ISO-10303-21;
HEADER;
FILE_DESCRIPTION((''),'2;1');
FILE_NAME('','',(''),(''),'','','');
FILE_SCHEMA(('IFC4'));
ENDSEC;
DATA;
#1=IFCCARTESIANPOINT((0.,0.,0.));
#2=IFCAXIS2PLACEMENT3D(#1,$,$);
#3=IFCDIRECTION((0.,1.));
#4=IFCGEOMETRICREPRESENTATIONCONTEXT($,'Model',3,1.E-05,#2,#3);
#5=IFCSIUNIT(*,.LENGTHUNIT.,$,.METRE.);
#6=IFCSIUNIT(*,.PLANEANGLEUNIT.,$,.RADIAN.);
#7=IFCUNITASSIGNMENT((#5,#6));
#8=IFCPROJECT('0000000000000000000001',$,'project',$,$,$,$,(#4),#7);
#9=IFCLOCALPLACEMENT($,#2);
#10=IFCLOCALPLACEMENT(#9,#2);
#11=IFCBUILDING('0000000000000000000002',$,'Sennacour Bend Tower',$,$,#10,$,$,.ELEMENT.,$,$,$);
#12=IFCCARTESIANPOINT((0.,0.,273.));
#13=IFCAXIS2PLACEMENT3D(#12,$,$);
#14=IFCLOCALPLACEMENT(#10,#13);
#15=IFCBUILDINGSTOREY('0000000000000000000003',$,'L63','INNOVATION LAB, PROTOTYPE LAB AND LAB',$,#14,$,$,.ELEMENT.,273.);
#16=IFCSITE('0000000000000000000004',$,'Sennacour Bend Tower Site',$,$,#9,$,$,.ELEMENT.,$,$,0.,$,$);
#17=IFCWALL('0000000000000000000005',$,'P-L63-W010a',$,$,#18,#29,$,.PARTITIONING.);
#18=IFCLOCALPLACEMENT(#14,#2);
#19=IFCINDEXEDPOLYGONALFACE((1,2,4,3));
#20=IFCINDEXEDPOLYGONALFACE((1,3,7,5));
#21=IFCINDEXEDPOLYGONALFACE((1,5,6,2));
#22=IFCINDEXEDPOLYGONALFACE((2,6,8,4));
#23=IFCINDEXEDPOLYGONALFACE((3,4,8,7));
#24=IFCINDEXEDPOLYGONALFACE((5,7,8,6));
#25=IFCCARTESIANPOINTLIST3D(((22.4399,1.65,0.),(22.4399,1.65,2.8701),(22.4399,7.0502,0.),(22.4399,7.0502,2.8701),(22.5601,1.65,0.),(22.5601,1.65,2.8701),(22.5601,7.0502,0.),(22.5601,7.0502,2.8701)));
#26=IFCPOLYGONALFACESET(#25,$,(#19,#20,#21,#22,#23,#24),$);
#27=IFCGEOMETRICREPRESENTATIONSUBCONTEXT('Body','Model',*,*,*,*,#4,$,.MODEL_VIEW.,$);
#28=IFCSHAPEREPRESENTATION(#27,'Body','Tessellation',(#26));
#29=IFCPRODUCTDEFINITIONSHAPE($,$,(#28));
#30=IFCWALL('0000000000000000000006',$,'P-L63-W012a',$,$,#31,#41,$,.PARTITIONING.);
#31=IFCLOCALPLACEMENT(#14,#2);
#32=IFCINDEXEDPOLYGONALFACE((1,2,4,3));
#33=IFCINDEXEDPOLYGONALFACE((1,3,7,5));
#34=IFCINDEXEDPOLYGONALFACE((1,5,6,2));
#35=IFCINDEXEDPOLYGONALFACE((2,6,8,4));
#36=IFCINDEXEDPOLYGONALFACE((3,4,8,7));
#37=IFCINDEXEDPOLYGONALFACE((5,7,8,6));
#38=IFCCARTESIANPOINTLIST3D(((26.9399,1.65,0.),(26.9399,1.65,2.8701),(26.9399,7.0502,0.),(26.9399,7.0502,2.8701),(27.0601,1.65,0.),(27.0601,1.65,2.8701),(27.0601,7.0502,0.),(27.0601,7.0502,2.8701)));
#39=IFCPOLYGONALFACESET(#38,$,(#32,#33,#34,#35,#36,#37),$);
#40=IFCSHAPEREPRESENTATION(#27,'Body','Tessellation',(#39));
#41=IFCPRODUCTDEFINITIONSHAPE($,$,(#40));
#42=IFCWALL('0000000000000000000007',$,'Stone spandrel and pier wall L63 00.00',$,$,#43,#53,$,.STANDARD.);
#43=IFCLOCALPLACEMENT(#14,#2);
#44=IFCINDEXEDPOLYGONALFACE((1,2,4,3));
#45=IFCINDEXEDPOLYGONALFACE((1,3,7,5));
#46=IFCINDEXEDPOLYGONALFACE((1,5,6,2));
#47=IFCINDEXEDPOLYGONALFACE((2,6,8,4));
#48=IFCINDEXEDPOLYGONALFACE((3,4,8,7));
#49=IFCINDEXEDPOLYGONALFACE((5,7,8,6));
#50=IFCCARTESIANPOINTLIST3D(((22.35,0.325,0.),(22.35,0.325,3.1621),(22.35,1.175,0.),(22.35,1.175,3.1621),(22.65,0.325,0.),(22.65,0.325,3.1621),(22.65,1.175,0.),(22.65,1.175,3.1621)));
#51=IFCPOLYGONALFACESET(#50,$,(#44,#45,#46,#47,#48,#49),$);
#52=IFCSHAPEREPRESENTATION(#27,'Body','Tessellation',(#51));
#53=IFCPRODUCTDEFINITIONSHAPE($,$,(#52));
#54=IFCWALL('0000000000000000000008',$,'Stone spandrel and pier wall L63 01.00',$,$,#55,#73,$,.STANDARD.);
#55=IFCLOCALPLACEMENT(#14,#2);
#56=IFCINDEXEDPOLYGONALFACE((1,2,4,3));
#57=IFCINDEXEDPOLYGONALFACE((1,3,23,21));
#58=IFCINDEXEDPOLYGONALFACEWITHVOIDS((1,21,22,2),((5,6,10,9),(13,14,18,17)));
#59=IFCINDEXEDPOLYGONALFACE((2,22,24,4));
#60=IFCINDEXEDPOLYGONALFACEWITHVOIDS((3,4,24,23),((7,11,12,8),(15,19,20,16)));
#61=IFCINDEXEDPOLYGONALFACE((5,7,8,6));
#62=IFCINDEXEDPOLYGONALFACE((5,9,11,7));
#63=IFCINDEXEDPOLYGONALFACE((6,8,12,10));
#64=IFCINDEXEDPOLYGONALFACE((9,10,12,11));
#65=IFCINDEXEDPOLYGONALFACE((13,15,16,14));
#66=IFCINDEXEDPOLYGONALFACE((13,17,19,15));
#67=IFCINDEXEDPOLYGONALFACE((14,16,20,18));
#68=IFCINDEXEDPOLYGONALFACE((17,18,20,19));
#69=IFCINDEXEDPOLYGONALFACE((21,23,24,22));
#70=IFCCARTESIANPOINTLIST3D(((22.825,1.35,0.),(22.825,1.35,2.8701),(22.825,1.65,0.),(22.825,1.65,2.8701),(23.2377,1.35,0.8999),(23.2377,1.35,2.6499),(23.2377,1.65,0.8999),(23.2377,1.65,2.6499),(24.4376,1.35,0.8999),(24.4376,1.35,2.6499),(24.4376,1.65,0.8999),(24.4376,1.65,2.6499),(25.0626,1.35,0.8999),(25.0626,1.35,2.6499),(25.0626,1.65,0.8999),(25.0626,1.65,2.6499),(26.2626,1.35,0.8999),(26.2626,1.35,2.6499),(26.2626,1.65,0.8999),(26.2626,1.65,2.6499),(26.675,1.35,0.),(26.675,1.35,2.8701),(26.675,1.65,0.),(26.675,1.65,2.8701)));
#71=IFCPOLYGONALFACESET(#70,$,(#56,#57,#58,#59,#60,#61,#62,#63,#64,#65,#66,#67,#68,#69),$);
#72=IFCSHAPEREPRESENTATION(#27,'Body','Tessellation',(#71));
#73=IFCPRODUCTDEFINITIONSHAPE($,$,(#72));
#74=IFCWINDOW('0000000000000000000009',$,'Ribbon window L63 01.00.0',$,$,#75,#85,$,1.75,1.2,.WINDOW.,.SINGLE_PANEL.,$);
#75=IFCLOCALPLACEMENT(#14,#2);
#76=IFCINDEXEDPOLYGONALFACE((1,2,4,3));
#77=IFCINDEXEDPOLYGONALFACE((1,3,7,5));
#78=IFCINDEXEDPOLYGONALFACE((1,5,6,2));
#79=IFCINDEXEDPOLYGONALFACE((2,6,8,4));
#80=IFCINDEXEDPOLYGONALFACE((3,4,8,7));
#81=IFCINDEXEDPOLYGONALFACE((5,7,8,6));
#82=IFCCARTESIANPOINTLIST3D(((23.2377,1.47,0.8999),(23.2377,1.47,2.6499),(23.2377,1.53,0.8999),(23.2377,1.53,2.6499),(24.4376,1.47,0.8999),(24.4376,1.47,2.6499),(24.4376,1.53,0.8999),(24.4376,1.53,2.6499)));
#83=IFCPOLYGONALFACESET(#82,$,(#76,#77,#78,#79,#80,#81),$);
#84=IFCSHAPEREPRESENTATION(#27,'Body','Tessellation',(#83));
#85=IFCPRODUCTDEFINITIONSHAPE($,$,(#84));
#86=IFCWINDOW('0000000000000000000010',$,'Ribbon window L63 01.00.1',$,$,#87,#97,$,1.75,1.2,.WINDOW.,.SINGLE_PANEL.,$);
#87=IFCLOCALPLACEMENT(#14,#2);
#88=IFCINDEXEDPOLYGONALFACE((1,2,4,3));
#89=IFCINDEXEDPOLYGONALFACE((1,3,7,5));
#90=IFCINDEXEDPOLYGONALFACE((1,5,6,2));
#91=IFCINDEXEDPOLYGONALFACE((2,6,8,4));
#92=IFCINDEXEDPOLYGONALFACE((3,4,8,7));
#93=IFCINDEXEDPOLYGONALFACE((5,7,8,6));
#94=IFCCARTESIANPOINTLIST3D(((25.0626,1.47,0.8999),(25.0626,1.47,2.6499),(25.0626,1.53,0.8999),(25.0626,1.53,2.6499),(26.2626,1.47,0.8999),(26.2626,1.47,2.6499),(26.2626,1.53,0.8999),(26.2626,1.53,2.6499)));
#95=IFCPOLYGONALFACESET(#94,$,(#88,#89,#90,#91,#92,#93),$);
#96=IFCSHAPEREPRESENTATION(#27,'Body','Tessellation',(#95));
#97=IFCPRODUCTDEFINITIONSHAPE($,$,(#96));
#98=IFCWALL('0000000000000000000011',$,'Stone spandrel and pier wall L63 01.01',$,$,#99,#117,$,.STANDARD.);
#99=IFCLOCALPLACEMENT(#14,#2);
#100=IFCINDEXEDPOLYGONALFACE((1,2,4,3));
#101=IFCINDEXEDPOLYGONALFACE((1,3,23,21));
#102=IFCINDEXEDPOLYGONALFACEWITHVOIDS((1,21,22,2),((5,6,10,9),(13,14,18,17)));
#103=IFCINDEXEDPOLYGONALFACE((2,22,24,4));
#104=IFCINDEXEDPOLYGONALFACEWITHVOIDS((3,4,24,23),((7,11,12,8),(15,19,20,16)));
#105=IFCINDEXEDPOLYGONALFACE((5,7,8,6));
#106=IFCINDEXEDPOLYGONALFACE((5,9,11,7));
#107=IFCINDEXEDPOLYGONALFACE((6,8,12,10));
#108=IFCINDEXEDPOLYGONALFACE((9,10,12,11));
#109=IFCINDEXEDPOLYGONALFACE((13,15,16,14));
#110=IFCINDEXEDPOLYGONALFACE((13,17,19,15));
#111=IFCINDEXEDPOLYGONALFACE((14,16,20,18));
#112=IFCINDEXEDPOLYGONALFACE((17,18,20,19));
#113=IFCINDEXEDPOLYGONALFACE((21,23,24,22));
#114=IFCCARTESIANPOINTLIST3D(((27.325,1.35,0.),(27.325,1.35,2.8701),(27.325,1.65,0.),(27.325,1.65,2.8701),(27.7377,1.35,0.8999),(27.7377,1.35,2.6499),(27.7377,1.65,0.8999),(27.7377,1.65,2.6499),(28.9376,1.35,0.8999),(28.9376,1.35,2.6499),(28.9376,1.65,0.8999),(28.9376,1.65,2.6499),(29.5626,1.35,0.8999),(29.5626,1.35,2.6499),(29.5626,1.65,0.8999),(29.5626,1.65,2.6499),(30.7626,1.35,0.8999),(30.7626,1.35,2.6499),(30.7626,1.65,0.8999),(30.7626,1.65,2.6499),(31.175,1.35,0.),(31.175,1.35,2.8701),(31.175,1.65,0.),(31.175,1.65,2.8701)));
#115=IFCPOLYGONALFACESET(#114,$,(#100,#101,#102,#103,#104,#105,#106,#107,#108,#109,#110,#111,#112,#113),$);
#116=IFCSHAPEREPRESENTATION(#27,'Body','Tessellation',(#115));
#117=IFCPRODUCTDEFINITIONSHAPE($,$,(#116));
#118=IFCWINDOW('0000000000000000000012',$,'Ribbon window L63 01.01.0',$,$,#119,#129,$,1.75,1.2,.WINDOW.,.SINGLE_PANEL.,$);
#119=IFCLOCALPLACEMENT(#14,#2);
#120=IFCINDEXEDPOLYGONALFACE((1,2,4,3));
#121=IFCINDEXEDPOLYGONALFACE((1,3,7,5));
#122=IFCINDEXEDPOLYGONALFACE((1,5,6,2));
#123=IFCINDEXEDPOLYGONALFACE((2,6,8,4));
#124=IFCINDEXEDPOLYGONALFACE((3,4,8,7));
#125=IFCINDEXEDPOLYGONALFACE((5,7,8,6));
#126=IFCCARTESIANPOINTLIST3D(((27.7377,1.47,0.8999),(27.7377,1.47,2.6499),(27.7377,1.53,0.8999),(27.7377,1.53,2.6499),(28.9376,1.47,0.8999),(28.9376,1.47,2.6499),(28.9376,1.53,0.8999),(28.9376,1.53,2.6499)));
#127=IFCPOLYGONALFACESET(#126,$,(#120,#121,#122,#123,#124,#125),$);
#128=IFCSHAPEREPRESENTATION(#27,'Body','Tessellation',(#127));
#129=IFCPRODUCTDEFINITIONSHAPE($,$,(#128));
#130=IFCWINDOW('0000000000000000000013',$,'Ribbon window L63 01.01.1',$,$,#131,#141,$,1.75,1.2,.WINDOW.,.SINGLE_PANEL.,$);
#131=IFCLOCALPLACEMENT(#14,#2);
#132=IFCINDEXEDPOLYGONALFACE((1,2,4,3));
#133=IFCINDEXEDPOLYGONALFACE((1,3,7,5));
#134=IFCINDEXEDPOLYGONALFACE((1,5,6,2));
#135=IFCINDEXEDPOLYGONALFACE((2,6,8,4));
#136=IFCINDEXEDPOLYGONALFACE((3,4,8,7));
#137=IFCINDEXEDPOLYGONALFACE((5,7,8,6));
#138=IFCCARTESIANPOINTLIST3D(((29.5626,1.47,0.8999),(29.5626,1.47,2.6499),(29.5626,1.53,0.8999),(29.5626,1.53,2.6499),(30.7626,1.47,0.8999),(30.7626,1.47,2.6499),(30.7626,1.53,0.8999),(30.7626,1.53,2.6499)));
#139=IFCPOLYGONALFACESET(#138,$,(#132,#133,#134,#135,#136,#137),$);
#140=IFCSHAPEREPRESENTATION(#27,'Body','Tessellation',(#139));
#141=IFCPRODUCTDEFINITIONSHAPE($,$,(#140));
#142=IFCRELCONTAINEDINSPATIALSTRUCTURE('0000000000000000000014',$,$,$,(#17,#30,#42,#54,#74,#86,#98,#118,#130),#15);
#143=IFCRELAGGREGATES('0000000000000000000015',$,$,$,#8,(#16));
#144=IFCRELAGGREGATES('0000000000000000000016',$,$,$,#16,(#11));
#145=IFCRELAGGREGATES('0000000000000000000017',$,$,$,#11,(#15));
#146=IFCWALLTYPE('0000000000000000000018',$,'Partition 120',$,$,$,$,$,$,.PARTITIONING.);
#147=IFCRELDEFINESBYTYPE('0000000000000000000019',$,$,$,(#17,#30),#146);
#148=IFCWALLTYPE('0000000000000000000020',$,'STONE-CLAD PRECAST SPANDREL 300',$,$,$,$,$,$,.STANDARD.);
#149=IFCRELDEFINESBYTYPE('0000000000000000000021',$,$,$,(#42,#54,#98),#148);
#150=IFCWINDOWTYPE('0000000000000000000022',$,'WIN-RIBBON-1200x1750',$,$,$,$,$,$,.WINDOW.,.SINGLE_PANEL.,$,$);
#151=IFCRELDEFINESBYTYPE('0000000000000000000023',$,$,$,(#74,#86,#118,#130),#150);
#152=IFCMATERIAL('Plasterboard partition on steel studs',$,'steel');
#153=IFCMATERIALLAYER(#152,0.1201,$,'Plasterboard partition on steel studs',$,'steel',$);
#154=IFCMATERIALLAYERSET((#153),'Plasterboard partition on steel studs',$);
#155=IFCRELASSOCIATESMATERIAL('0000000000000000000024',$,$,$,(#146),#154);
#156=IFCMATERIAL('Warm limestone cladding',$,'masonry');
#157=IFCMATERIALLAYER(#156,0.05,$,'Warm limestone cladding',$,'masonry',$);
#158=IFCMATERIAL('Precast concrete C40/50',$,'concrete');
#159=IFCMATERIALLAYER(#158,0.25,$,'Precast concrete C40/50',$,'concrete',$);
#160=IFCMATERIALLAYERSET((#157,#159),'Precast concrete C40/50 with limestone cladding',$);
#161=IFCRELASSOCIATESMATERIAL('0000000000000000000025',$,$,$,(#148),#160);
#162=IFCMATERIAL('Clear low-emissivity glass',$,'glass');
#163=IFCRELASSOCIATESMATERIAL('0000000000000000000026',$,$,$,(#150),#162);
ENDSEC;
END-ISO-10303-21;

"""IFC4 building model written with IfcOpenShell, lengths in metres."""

from ifc_helpers import new_model, si_unit, direction, frame, frame_2d, origin, place, context, subcontext, project, spatial, rectangle, extrude, material, layer, layer_set, type_object, element, fill, save


model = new_model("IFC4")

# Units and contexts
model_context = context("Model", 3, precision=1e-05, world=origin(), true_north=direction((0.0, 1.0)))
body_context = subcontext(model_context, "Body", "Model", "MODEL_VIEW")
ifc_project = project(units=[si_unit("LENGTHUNIT", "METRE"), si_unit("PLANEANGLEUNIT", "RADIAN")], contexts=[model_context])

# Site, building, storey
site_placement = place(None, origin())
site = spatial("IfcSite", under=ifc_project, at=site_placement, Name="Sennacour Bend Tower Site", CompositionType="ELEMENT", RefElevation=0.0)
building_placement = place(site_placement, origin())
building = spatial("IfcBuilding", under=site, at=building_placement, Name="Sennacour Bend Tower", CompositionType="ELEMENT")
storey_placement = place(building_placement, frame((0.0, 0.0, 273.0)))
storey = spatial("IfcBuildingStorey", under=building, at=storey_placement, Name="L63", Description="INNOVATION LAB, PROTOTYPE LAB AND LAB", CompositionType="ELEMENT", Elevation=273.0)

# Walls
ifc_material_1 = material(Name="Plasterboard partition on steel studs", Category="steel")
ifc_layer_1 = layer(ifc_material_1, 0.1201, Name="Plasterboard partition on steel studs", Category="steel")
ifc_layer_set_1 = layer_set([ifc_layer_1], Name="Plasterboard partition on steel studs")
wall_type_1 = type_object("IfcWallType", Name="Partition 120", PredefinedType="PARTITIONING", material=ifc_layer_set_1)
for number, where, z_axis, x_axis, name in (
    (1, (22.5, 1.6499, 0.0), (0.0, 0.0, 1.0), (0.0, 1.0, 0.0), "P-L63-W010a"),
    (2, (27.0, 1.6499, 0.0), (0.0, 0.0, 1.0), (0.0, 1.0, 0.0), "P-L63-W012a"),
):
    element("IfcWall", number, at=place(storey_placement, frame(where, z_axis=z_axis, x_axis=x_axis)), inside=storey, type_object=wall_type_1, Name=name, PredefinedType="PARTITIONING", context=body_context, shape_type="SweptSolid", body=[
        extrude(rectangle(XDim=5.4001, YDim=0.1201, at=frame_2d((2.7002, 0.0))), origin(), (0.0, 0.0, 1.0), 2.8701),
    ])
ifc_material_2 = material(Name="Warm limestone cladding", Category="masonry")
ifc_layer_2 = layer(ifc_material_2, 0.05, Name="Warm limestone cladding", Category="masonry")
ifc_material_3 = material(Name="Precast concrete C40/50", Category="concrete")
ifc_layer_3 = layer(ifc_material_3, 0.25, Name="Precast concrete C40/50", Category="concrete")
ifc_layer_set_2 = layer_set([ifc_layer_2, ifc_layer_3], Name="Precast concrete C40/50 with limestone cladding")
wall_type_2 = type_object("IfcWallType", Name="STONE-CLAD PRECAST SPANDREL 300", PredefinedType="STANDARD", material=ifc_layer_set_2)
wall_1_placement = place(storey_placement, frame((22.5, 0.325, 0.0), z_axis=(0.0, 0.0, 1.0), x_axis=(0.0, 1.0, 0.0)))
element("IfcWall", 3, at=wall_1_placement, inside=storey, type_object=wall_type_2, Name="Stone spandrel and pier wall L63 00.00", PredefinedType="STANDARD", context=body_context, shape_type="SweptSolid", body=[
    extrude(rectangle(XDim=0.8501, YDim=0.3, at=frame_2d((0.425, 0.0))), origin(), (0.0, 0.0, 1.0), 3.1621),
])

# Walls, openings, windows
wall_2_placement = place(storey_placement, frame((22.825, 1.5, 0.0), z_axis=(0.0, 0.0, 1.0), x_axis=(1.0, 0.0, 0.0)))
wall_2 = element("IfcWall", 4, at=wall_2_placement, inside=storey, type_object=wall_type_2, Name="Stone spandrel and pier wall L63 01.00", PredefinedType="STANDARD", context=body_context, shape_type="SweptSolid", body=[
    extrude(rectangle(XDim=3.8501, YDim=0.3, at=frame_2d((1.925, 0.0))), origin(), (0.0, 0.0, 1.0), 2.8701),
])
opening_1_placement = place(wall_2_placement, frame((0.4126, 0.0, 0.8999)))
opening_1 = element("IfcOpeningElement", 5, at=opening_1_placement, cuts=wall_2, PredefinedType="OPENING", context=body_context, shape_type="SweptSolid", body=[
    extrude(rectangle(XDim=1.2, YDim=1.75, at=frame_2d((0.6001, 0.875))), frame((0.0, 0.1602, 0.0), z_axis=(0.0, -1.0, 0.0), x_axis=(1.0, 0.0, 0.0)), (0.0, 0.0, 1.0), 0.3201),
])
opening_2_placement = place(wall_2_placement, frame((2.2375, 0.0, 0.8999)))
opening_2 = element("IfcOpeningElement", 6, at=opening_2_placement, cuts=wall_2, PredefinedType="OPENING", context=body_context, shape_type="SweptSolid", body=[
    extrude(rectangle(XDim=1.2, YDim=1.75, at=frame_2d((0.6001, 0.875))), frame((0.0, 0.1602, 0.0), z_axis=(0.0, -1.0, 0.0), x_axis=(1.0, 0.0, 0.0)), (0.0, 0.0, 1.0), 0.3201),
])
ifc_material_4 = material(Name="Clear low-emissivity glass", Category="glass")
window_type = type_object("IfcWindowType", Name="WIN-RIBBON-1200x1750", PartitioningType="SINGLE_PANEL", PredefinedType="WINDOW", material=ifc_material_4)
window_1_placement = place(opening_1_placement, origin())
window_1 = element("IfcWindow", 7, at=window_1_placement, inside=storey, type_object=window_type, Name="Ribbon window L63 01.00.0", OverallHeight=1.75, OverallWidth=1.2, PartitioningType="SINGLE_PANEL", PredefinedType="WINDOW", context=body_context, shape_type="SweptSolid", body=[
    extrude(rectangle(XDim=1.2, YDim=1.75, at=frame_2d((0.6001, 0.875))), frame((0.0, 0.03, 0.0), z_axis=(0.0, -1.0, 0.0), x_axis=(1.0, 0.0, 0.0)), (0.0, 0.0, 1.0), 0.0601),
])
fill(opening_1, window_1)
window_2_placement = place(opening_2_placement, origin())
window_2 = element("IfcWindow", 8, at=window_2_placement, inside=storey, type_object=window_type, Name="Ribbon window L63 01.00.1", OverallHeight=1.75, OverallWidth=1.2, PartitioningType="SINGLE_PANEL", PredefinedType="WINDOW", context=body_context, shape_type="SweptSolid", body=[
    extrude(rectangle(XDim=1.2, YDim=1.75, at=frame_2d((0.6001, 0.875))), frame((0.0, 0.03, 0.0), z_axis=(0.0, -1.0, 0.0), x_axis=(1.0, 0.0, 0.0)), (0.0, 0.0, 1.0), 0.0601),
])
fill(opening_2, window_2)
wall_3_placement = place(storey_placement, frame((27.325, 1.5, 0.0), z_axis=(0.0, 0.0, 1.0), x_axis=(1.0, 0.0, 0.0)))
wall_3 = element("IfcWall", 9, at=wall_3_placement, inside=storey, type_object=wall_type_2, Name="Stone spandrel and pier wall L63 01.01", PredefinedType="STANDARD", context=body_context, shape_type="SweptSolid", body=[
    extrude(rectangle(XDim=3.8501, YDim=0.3, at=frame_2d((1.925, 0.0))), origin(), (0.0, 0.0, 1.0), 2.8701),
])
opening_3_placement = place(wall_3_placement, frame((0.4126, 0.0, 0.8999)))
opening_3 = element("IfcOpeningElement", 10, at=opening_3_placement, cuts=wall_3, PredefinedType="OPENING", context=body_context, shape_type="SweptSolid", body=[
    extrude(rectangle(XDim=1.2, YDim=1.75, at=frame_2d((0.6001, 0.875))), frame((0.0, 0.1602, 0.0), z_axis=(0.0, -1.0, 0.0), x_axis=(1.0, 0.0, 0.0)), (0.0, 0.0, 1.0), 0.3201),
])
opening_4_placement = place(wall_3_placement, frame((2.2375, 0.0, 0.8999)))
opening_4 = element("IfcOpeningElement", 11, at=opening_4_placement, cuts=wall_3, PredefinedType="OPENING", context=body_context, shape_type="SweptSolid", body=[
    extrude(rectangle(XDim=1.2, YDim=1.75, at=frame_2d((0.6001, 0.875))), frame((0.0, 0.1602, 0.0), z_axis=(0.0, -1.0, 0.0), x_axis=(1.0, 0.0, 0.0)), (0.0, 0.0, 1.0), 0.3201),
])
window_3_placement = place(opening_3_placement, origin())
window_3 = element("IfcWindow", 12, at=window_3_placement, inside=storey, type_object=window_type, Name="Ribbon window L63 01.01.0", OverallHeight=1.75, OverallWidth=1.2, PartitioningType="SINGLE_PANEL", PredefinedType="WINDOW", context=body_context, shape_type="SweptSolid", body=[
    extrude(rectangle(XDim=1.2, YDim=1.75, at=frame_2d((0.6001, 0.875))), frame((0.0, 0.03, 0.0), z_axis=(0.0, -1.0, 0.0), x_axis=(1.0, 0.0, 0.0)), (0.0, 0.0, 1.0), 0.0601),
])
fill(opening_3, window_3)
window_4_placement = place(opening_4_placement, origin())
window_4 = element("IfcWindow", 13, at=window_4_placement, inside=storey, type_object=window_type, Name="Ribbon window L63 01.01.1", OverallHeight=1.75, OverallWidth=1.2, PartitioningType="SINGLE_PANEL", PredefinedType="WINDOW", context=body_context, shape_type="SweptSolid", body=[
    extrude(rectangle(XDim=1.2, YDim=1.75, at=frame_2d((0.6001, 0.875))), frame((0.0, 0.03, 0.0), z_axis=(0.0, -1.0, 0.0), x_axis=(1.0, 0.0, 0.0)), (0.0, 0.0, 1.0), 0.0601),
])
fill(opening_4, window_4)

save(model, "model.ifc")
